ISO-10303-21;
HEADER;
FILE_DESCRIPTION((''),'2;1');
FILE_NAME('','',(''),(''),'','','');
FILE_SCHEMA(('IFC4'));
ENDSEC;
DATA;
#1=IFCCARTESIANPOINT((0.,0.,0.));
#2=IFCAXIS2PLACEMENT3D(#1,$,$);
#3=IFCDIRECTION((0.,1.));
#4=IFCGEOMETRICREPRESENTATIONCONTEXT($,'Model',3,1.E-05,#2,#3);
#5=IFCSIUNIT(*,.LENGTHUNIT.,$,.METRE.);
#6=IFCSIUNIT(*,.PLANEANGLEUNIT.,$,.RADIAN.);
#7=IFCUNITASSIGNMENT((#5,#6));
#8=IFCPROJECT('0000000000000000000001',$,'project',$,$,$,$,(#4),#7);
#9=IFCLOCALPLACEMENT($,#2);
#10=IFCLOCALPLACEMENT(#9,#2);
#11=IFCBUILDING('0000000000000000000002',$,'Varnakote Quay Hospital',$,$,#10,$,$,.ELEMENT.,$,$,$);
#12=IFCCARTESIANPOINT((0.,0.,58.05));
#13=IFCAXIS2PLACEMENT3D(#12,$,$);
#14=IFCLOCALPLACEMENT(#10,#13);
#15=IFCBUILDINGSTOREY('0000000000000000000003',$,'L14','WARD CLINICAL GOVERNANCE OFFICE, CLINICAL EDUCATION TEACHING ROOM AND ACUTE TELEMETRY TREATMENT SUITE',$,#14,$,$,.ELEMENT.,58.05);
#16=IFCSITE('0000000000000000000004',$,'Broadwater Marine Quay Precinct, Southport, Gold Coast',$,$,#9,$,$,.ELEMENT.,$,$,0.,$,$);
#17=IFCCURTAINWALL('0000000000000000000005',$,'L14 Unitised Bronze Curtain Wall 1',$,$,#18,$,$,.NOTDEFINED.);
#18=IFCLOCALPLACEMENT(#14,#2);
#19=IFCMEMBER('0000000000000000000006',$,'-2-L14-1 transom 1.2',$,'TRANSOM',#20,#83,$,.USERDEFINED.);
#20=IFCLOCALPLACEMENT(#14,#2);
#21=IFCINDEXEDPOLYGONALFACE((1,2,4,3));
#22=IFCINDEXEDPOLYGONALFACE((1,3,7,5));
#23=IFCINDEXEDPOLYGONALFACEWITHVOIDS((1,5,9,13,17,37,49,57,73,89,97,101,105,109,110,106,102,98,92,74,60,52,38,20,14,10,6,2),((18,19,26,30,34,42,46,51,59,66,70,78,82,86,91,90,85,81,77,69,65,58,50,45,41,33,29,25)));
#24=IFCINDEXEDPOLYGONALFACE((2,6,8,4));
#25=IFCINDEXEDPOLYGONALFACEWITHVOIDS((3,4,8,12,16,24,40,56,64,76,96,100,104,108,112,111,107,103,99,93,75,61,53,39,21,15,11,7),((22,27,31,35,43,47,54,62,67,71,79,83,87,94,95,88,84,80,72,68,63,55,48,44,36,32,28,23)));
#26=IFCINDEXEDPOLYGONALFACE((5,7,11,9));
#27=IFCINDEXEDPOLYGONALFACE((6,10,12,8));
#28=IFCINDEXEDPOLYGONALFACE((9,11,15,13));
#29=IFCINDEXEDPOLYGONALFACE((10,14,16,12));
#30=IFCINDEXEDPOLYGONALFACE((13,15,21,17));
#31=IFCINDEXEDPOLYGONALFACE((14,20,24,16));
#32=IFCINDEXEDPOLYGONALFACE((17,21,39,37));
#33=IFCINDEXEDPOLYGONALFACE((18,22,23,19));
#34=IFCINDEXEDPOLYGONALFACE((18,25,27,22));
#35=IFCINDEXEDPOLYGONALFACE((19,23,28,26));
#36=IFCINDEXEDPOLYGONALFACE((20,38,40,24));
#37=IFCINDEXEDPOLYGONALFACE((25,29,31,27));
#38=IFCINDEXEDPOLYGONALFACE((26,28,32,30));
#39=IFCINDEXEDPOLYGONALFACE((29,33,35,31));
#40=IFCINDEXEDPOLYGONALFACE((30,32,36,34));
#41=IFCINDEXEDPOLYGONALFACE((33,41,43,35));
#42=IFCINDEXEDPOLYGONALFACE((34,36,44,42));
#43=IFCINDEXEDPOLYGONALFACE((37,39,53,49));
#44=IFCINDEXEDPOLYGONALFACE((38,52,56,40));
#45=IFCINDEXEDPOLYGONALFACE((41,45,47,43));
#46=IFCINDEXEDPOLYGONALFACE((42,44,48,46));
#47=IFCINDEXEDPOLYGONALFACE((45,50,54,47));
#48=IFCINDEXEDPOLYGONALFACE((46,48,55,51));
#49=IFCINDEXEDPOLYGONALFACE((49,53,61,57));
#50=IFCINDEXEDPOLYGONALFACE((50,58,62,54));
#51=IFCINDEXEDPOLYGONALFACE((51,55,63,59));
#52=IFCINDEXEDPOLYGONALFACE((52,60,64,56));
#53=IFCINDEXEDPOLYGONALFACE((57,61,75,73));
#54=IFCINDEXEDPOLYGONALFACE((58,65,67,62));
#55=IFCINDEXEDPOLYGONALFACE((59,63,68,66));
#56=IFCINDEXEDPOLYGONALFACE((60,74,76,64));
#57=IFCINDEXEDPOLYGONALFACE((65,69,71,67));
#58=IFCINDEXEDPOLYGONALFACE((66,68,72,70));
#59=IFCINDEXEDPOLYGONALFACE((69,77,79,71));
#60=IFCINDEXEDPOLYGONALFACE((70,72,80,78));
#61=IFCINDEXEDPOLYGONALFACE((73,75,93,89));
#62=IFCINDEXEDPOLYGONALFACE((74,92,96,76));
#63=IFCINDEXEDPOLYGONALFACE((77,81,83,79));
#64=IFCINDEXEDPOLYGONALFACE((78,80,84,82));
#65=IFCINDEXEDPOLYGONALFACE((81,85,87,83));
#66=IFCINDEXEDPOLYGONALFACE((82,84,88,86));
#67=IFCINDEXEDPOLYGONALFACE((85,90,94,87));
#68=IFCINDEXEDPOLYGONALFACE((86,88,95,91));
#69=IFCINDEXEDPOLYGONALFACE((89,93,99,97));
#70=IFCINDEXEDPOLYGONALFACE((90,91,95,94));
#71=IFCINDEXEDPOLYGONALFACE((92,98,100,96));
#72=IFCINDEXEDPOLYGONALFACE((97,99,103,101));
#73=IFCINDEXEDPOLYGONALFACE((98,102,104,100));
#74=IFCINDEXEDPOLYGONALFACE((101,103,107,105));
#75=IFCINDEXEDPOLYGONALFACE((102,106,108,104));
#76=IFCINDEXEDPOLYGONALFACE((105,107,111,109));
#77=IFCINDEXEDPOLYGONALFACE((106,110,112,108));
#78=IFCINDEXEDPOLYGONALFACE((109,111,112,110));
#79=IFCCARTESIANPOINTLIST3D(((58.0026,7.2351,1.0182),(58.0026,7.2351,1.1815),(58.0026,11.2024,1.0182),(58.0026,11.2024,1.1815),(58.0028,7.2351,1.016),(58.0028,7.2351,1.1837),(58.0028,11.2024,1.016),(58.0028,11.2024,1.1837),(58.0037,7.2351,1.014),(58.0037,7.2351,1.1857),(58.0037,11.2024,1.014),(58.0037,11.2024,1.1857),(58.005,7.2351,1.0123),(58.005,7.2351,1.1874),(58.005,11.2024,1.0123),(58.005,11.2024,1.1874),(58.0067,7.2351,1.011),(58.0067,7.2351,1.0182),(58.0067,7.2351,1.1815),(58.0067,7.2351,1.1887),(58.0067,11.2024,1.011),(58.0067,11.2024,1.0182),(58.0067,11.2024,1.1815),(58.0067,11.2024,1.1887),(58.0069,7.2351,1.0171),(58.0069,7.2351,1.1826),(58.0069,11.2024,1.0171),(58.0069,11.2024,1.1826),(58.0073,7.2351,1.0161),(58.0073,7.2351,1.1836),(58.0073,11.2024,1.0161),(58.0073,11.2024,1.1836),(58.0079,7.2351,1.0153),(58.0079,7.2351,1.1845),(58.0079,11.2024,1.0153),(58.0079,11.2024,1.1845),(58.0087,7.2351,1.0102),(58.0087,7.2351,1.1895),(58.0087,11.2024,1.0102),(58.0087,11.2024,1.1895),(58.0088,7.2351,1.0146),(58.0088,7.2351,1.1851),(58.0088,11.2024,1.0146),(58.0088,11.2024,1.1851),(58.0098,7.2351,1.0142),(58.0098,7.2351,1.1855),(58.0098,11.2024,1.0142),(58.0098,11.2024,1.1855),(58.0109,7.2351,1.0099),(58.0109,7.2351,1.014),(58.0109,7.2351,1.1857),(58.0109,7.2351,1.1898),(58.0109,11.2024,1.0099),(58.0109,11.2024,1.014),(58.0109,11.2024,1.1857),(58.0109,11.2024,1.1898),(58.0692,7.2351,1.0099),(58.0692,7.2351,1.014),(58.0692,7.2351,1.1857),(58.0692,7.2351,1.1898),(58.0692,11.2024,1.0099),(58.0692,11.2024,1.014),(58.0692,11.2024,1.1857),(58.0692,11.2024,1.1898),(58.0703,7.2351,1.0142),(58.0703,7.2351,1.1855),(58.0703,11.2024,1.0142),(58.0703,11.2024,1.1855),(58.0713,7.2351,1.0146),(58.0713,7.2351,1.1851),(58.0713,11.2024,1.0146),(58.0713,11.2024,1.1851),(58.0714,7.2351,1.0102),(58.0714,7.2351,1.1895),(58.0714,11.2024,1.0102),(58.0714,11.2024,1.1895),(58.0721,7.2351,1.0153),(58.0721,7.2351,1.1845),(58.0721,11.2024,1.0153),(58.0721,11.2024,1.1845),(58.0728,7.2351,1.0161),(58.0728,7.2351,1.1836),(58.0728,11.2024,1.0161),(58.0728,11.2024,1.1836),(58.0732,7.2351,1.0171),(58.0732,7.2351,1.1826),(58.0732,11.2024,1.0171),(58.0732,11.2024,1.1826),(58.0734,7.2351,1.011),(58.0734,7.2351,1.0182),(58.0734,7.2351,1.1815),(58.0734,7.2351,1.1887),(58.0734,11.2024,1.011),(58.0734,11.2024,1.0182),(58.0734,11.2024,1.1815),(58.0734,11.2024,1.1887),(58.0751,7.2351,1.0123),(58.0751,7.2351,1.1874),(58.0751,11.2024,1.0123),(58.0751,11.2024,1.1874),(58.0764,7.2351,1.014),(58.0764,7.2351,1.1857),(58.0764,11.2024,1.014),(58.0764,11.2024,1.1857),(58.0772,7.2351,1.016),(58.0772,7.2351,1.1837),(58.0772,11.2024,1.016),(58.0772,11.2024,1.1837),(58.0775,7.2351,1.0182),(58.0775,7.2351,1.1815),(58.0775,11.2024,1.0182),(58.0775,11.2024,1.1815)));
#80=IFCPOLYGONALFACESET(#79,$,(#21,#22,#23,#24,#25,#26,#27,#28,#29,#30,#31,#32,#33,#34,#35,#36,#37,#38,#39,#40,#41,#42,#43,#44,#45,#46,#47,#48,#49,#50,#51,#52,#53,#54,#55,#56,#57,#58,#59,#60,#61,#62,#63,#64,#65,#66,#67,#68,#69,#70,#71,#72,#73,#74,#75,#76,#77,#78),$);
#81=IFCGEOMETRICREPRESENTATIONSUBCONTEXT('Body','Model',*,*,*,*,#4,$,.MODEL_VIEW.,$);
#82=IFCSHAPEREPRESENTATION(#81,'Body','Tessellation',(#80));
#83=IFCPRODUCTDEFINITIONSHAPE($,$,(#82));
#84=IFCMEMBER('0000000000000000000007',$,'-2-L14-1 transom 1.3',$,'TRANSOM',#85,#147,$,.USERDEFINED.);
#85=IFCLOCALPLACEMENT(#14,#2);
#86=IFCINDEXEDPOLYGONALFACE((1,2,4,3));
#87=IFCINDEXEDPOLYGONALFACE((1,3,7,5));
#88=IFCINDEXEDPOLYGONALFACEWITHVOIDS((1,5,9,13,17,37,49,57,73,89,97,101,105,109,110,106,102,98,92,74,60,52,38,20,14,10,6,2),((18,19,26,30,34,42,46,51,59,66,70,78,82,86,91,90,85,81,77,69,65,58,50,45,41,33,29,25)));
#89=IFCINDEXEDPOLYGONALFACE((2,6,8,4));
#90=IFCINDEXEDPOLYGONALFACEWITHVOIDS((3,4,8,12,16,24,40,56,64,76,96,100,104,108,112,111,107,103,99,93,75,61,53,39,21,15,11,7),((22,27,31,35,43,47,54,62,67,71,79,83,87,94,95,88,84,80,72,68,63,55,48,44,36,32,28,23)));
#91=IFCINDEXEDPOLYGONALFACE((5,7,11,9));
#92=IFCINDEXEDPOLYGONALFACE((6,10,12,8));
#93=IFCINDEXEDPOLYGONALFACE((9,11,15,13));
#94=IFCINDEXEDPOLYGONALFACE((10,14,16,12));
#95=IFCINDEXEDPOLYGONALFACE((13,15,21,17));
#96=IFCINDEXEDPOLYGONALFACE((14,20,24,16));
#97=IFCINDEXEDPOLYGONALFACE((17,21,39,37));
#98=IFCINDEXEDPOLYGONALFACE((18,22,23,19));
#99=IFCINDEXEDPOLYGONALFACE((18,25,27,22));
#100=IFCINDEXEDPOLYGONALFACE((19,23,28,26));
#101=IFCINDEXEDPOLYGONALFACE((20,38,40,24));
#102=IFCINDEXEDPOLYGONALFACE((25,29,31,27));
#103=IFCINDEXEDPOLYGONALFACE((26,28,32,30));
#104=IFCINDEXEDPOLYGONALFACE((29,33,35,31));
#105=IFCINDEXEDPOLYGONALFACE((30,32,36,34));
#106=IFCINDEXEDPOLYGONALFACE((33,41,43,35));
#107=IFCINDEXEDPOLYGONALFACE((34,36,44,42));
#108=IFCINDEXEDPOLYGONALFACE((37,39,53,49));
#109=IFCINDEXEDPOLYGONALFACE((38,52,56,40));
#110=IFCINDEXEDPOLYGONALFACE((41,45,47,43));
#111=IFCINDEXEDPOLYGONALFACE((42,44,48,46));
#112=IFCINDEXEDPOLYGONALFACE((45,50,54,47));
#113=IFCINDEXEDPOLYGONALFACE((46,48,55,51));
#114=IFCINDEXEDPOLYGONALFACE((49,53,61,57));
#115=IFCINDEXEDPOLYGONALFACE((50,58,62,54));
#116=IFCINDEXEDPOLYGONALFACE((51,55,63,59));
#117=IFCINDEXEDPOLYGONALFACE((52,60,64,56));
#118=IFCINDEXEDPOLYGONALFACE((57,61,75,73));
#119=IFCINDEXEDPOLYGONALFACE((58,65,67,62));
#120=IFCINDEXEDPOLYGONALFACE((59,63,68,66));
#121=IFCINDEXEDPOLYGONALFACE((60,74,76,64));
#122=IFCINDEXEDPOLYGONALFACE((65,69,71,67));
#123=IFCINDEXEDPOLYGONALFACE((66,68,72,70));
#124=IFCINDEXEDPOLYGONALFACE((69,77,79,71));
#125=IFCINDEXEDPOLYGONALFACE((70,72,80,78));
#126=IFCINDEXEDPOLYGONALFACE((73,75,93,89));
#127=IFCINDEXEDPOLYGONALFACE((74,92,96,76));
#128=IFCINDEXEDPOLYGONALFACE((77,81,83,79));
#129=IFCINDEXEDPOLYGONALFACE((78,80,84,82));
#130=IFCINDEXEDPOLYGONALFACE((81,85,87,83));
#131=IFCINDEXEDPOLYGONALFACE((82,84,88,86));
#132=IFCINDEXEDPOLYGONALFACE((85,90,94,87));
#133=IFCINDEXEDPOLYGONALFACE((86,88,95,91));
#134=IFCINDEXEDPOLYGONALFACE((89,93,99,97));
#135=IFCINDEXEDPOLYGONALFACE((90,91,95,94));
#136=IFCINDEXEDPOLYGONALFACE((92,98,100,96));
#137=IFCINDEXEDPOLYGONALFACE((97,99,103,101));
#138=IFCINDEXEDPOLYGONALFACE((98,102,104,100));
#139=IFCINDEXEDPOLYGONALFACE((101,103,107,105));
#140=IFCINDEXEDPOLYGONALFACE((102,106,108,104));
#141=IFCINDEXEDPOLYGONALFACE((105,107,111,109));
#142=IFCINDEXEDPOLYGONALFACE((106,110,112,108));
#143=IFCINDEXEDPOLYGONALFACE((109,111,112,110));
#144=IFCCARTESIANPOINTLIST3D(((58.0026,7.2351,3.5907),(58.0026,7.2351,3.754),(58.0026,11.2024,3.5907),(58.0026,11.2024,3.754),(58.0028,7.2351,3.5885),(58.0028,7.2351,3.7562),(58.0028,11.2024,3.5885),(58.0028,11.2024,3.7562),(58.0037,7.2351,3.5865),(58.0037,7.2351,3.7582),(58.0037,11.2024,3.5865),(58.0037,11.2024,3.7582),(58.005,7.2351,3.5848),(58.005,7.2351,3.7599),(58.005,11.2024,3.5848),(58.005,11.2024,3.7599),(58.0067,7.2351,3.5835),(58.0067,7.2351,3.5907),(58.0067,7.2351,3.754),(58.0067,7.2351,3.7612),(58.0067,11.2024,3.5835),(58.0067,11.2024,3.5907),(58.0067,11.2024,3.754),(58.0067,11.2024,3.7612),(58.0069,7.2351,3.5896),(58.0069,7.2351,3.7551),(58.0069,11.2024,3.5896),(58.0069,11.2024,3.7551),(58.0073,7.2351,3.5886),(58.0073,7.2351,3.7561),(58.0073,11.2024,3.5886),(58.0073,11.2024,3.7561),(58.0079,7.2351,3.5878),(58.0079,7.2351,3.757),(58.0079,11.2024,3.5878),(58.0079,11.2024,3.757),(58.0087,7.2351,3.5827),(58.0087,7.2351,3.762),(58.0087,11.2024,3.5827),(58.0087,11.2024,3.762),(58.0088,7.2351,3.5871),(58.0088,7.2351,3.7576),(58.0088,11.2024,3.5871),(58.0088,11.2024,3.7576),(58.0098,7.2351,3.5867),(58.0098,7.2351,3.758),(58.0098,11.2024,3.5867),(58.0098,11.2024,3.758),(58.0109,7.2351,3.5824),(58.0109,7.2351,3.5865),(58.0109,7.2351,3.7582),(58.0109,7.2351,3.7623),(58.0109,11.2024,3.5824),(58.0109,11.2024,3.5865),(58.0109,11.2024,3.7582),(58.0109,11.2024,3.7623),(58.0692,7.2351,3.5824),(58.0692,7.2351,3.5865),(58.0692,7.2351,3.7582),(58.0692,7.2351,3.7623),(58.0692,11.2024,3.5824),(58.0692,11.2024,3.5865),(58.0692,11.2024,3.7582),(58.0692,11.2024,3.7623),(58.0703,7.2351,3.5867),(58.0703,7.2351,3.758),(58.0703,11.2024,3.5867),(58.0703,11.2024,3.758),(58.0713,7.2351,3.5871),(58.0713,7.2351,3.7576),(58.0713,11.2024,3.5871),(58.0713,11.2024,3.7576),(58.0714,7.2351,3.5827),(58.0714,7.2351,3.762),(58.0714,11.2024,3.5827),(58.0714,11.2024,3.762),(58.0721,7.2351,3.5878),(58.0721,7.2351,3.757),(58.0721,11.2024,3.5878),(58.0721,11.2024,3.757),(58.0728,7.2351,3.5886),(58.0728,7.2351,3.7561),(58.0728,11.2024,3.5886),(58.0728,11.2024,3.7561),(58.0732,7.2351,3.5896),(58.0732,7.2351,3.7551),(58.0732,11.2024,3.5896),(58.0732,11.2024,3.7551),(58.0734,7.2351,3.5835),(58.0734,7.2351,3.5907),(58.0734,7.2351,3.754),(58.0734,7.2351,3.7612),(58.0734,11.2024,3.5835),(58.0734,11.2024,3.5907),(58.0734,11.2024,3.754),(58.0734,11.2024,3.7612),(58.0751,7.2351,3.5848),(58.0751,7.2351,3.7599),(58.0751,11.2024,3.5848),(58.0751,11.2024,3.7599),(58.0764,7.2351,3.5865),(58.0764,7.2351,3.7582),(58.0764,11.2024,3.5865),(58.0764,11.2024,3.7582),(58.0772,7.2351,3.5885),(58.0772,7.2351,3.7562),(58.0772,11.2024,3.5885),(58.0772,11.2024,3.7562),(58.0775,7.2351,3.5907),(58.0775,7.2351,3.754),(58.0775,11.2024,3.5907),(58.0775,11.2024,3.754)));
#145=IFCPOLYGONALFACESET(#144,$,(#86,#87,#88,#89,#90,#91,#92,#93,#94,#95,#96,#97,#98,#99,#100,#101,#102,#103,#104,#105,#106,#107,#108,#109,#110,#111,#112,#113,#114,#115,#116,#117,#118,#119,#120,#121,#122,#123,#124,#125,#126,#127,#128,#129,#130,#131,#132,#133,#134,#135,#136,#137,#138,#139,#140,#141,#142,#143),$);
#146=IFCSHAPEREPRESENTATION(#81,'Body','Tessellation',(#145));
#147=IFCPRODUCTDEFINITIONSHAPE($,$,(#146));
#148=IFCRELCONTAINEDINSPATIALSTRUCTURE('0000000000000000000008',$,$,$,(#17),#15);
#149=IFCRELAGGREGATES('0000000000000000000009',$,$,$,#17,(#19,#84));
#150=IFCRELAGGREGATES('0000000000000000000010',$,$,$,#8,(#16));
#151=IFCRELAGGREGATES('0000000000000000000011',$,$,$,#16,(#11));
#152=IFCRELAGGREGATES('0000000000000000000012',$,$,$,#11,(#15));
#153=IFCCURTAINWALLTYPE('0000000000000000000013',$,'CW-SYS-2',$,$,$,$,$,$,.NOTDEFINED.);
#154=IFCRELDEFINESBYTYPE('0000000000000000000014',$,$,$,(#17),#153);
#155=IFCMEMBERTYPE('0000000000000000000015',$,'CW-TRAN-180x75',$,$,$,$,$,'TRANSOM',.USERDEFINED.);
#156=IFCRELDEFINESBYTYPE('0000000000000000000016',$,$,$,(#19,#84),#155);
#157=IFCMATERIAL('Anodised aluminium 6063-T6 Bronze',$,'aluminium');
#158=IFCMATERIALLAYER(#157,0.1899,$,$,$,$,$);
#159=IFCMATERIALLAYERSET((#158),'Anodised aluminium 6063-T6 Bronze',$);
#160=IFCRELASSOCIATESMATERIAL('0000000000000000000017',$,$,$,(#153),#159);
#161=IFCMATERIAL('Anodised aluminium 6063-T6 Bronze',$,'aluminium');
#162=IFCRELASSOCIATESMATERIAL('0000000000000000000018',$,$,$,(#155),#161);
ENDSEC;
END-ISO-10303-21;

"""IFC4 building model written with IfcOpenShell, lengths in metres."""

from ifc_helpers import new_model, si_unit, direction, frame, origin, origin_2d, place, context, subcontext, project, spatial, hollow_rectangle, extrude, material, layer, layer_set, material_profile, profile_set, type_object, element, aggregate, save


model = new_model("IFC4")

# Units and contexts
model_context = context("Model", 3, precision=1e-05, world=origin(), true_north=direction((0.0, 1.0)))
body_context = subcontext(model_context, "Body", "Model", "MODEL_VIEW")
ifc_project = project(units=[si_unit("LENGTHUNIT", "METRE"), si_unit("PLANEANGLEUNIT", "RADIAN")], contexts=[model_context])

# Site, building, storey
site_placement = place(None, origin())
site = spatial("IfcSite", under=ifc_project, at=site_placement, Name="Broadwater Marine Quay Precinct, Southport, Gold Coast", CompositionType="ELEMENT", RefElevation=0.0)
building_placement = place(site_placement, origin())
building = spatial("IfcBuilding", under=site, at=building_placement, Name="Varnakote Quay Hospital", CompositionType="ELEMENT")
storey_placement = place(building_placement, frame((0.0, 0.0, 58.05)))
storey = spatial("IfcBuildingStorey", under=building, at=storey_placement, Name="L14", Description="WARD CLINICAL GOVERNANCE OFFICE, CLINICAL EDUCATION TEACHING ROOM AND ACUTE TELEMETRY TREATMENT SUITE", CompositionType="ELEMENT", Elevation=58.05)

# Curtain wall, members
ifc_material_1 = material(Name="Anodised aluminium 6063-T6 Bronze", Category="aluminium")
ifc_layer_1 = layer(ifc_material_1, 0.1899)
ifc_layer_set_1 = layer_set([ifc_layer_1], Name="Anodised aluminium 6063-T6 Bronze")
curtain_wall_type = type_object("IfcCurtainWallType", Name="CW-SYS-2", PredefinedType="NOTDEFINED", material=ifc_layer_set_1)
curtain_wall_placement = place(storey_placement, origin())
curtain_wall = element("IfcCurtainWall", 1, at=curtain_wall_placement, inside=storey, type_object=curtain_wall_type, Name="L14 Unitised Bronze Curtain Wall 1", PredefinedType="NOTDEFINED")
ifc_material_2 = material(Name="Anodised aluminium 6063-T6 Bronze", Category="aluminium")
ifc_material_profile_1 = material_profile(ifc_material_2, hollow_rectangle(XDim=0.075, YDim=0.1799, WallThickness=0.0042, InnerFilletRadius=0.0042, OuterFilletRadius=0.0083, at=origin_2d()), Name="CW-TRAN-180x75")
ifc_profile_set_1 = profile_set([ifc_material_profile_1], Name="Anodised aluminium 6063-T6 Bronze")
member_type_1 = type_object("IfcMemberType", Name="CW-TRAN-180x75", ElementType="TRANSOM", PredefinedType="USERDEFINED", material=ifc_profile_set_1)
member_1_placement = place(storey_placement, frame((58.04, 7.2351, 1.0999), z_axis=(0.0, 1.0, 0.0), x_axis=(-1.0, 0.0, 0.0)))
member_1 = element("IfcMember", 2, at=member_1_placement, type_object=member_type_1, Name="-2-L14-1 transom 1.2", ObjectType="TRANSOM", PredefinedType="USERDEFINED", context=body_context, shape_type="SweptSolid", body=[
    extrude(hollow_rectangle(XDim=0.075, YDim=0.1799, WallThickness=0.0042, InnerFilletRadius=0.0042, OuterFilletRadius=0.0083, at=origin_2d()), origin(), (0.0, 0.0, 1.0), 3.9673),
])
member_2_placement = place(storey_placement, frame((58.04, 7.2351, 3.6724), z_axis=(0.0, 1.0, 0.0), x_axis=(-1.0, 0.0, 0.0)))
member_2 = element("IfcMember", 3, at=member_2_placement, type_object=member_type_1, Name="-2-L14-1 transom 1.3", ObjectType="TRANSOM", PredefinedType="USERDEFINED", context=body_context, shape_type="SweptSolid", body=[
    extrude(hollow_rectangle(XDim=0.075, YDim=0.1799, WallThickness=0.0042, InnerFilletRadius=0.0042, OuterFilletRadius=0.0083, at=origin_2d()), origin(), (0.0, 0.0, 1.0), 3.9673),
])
aggregate(curtain_wall, [member_1, member_2])

save(model, "model.ifc")
